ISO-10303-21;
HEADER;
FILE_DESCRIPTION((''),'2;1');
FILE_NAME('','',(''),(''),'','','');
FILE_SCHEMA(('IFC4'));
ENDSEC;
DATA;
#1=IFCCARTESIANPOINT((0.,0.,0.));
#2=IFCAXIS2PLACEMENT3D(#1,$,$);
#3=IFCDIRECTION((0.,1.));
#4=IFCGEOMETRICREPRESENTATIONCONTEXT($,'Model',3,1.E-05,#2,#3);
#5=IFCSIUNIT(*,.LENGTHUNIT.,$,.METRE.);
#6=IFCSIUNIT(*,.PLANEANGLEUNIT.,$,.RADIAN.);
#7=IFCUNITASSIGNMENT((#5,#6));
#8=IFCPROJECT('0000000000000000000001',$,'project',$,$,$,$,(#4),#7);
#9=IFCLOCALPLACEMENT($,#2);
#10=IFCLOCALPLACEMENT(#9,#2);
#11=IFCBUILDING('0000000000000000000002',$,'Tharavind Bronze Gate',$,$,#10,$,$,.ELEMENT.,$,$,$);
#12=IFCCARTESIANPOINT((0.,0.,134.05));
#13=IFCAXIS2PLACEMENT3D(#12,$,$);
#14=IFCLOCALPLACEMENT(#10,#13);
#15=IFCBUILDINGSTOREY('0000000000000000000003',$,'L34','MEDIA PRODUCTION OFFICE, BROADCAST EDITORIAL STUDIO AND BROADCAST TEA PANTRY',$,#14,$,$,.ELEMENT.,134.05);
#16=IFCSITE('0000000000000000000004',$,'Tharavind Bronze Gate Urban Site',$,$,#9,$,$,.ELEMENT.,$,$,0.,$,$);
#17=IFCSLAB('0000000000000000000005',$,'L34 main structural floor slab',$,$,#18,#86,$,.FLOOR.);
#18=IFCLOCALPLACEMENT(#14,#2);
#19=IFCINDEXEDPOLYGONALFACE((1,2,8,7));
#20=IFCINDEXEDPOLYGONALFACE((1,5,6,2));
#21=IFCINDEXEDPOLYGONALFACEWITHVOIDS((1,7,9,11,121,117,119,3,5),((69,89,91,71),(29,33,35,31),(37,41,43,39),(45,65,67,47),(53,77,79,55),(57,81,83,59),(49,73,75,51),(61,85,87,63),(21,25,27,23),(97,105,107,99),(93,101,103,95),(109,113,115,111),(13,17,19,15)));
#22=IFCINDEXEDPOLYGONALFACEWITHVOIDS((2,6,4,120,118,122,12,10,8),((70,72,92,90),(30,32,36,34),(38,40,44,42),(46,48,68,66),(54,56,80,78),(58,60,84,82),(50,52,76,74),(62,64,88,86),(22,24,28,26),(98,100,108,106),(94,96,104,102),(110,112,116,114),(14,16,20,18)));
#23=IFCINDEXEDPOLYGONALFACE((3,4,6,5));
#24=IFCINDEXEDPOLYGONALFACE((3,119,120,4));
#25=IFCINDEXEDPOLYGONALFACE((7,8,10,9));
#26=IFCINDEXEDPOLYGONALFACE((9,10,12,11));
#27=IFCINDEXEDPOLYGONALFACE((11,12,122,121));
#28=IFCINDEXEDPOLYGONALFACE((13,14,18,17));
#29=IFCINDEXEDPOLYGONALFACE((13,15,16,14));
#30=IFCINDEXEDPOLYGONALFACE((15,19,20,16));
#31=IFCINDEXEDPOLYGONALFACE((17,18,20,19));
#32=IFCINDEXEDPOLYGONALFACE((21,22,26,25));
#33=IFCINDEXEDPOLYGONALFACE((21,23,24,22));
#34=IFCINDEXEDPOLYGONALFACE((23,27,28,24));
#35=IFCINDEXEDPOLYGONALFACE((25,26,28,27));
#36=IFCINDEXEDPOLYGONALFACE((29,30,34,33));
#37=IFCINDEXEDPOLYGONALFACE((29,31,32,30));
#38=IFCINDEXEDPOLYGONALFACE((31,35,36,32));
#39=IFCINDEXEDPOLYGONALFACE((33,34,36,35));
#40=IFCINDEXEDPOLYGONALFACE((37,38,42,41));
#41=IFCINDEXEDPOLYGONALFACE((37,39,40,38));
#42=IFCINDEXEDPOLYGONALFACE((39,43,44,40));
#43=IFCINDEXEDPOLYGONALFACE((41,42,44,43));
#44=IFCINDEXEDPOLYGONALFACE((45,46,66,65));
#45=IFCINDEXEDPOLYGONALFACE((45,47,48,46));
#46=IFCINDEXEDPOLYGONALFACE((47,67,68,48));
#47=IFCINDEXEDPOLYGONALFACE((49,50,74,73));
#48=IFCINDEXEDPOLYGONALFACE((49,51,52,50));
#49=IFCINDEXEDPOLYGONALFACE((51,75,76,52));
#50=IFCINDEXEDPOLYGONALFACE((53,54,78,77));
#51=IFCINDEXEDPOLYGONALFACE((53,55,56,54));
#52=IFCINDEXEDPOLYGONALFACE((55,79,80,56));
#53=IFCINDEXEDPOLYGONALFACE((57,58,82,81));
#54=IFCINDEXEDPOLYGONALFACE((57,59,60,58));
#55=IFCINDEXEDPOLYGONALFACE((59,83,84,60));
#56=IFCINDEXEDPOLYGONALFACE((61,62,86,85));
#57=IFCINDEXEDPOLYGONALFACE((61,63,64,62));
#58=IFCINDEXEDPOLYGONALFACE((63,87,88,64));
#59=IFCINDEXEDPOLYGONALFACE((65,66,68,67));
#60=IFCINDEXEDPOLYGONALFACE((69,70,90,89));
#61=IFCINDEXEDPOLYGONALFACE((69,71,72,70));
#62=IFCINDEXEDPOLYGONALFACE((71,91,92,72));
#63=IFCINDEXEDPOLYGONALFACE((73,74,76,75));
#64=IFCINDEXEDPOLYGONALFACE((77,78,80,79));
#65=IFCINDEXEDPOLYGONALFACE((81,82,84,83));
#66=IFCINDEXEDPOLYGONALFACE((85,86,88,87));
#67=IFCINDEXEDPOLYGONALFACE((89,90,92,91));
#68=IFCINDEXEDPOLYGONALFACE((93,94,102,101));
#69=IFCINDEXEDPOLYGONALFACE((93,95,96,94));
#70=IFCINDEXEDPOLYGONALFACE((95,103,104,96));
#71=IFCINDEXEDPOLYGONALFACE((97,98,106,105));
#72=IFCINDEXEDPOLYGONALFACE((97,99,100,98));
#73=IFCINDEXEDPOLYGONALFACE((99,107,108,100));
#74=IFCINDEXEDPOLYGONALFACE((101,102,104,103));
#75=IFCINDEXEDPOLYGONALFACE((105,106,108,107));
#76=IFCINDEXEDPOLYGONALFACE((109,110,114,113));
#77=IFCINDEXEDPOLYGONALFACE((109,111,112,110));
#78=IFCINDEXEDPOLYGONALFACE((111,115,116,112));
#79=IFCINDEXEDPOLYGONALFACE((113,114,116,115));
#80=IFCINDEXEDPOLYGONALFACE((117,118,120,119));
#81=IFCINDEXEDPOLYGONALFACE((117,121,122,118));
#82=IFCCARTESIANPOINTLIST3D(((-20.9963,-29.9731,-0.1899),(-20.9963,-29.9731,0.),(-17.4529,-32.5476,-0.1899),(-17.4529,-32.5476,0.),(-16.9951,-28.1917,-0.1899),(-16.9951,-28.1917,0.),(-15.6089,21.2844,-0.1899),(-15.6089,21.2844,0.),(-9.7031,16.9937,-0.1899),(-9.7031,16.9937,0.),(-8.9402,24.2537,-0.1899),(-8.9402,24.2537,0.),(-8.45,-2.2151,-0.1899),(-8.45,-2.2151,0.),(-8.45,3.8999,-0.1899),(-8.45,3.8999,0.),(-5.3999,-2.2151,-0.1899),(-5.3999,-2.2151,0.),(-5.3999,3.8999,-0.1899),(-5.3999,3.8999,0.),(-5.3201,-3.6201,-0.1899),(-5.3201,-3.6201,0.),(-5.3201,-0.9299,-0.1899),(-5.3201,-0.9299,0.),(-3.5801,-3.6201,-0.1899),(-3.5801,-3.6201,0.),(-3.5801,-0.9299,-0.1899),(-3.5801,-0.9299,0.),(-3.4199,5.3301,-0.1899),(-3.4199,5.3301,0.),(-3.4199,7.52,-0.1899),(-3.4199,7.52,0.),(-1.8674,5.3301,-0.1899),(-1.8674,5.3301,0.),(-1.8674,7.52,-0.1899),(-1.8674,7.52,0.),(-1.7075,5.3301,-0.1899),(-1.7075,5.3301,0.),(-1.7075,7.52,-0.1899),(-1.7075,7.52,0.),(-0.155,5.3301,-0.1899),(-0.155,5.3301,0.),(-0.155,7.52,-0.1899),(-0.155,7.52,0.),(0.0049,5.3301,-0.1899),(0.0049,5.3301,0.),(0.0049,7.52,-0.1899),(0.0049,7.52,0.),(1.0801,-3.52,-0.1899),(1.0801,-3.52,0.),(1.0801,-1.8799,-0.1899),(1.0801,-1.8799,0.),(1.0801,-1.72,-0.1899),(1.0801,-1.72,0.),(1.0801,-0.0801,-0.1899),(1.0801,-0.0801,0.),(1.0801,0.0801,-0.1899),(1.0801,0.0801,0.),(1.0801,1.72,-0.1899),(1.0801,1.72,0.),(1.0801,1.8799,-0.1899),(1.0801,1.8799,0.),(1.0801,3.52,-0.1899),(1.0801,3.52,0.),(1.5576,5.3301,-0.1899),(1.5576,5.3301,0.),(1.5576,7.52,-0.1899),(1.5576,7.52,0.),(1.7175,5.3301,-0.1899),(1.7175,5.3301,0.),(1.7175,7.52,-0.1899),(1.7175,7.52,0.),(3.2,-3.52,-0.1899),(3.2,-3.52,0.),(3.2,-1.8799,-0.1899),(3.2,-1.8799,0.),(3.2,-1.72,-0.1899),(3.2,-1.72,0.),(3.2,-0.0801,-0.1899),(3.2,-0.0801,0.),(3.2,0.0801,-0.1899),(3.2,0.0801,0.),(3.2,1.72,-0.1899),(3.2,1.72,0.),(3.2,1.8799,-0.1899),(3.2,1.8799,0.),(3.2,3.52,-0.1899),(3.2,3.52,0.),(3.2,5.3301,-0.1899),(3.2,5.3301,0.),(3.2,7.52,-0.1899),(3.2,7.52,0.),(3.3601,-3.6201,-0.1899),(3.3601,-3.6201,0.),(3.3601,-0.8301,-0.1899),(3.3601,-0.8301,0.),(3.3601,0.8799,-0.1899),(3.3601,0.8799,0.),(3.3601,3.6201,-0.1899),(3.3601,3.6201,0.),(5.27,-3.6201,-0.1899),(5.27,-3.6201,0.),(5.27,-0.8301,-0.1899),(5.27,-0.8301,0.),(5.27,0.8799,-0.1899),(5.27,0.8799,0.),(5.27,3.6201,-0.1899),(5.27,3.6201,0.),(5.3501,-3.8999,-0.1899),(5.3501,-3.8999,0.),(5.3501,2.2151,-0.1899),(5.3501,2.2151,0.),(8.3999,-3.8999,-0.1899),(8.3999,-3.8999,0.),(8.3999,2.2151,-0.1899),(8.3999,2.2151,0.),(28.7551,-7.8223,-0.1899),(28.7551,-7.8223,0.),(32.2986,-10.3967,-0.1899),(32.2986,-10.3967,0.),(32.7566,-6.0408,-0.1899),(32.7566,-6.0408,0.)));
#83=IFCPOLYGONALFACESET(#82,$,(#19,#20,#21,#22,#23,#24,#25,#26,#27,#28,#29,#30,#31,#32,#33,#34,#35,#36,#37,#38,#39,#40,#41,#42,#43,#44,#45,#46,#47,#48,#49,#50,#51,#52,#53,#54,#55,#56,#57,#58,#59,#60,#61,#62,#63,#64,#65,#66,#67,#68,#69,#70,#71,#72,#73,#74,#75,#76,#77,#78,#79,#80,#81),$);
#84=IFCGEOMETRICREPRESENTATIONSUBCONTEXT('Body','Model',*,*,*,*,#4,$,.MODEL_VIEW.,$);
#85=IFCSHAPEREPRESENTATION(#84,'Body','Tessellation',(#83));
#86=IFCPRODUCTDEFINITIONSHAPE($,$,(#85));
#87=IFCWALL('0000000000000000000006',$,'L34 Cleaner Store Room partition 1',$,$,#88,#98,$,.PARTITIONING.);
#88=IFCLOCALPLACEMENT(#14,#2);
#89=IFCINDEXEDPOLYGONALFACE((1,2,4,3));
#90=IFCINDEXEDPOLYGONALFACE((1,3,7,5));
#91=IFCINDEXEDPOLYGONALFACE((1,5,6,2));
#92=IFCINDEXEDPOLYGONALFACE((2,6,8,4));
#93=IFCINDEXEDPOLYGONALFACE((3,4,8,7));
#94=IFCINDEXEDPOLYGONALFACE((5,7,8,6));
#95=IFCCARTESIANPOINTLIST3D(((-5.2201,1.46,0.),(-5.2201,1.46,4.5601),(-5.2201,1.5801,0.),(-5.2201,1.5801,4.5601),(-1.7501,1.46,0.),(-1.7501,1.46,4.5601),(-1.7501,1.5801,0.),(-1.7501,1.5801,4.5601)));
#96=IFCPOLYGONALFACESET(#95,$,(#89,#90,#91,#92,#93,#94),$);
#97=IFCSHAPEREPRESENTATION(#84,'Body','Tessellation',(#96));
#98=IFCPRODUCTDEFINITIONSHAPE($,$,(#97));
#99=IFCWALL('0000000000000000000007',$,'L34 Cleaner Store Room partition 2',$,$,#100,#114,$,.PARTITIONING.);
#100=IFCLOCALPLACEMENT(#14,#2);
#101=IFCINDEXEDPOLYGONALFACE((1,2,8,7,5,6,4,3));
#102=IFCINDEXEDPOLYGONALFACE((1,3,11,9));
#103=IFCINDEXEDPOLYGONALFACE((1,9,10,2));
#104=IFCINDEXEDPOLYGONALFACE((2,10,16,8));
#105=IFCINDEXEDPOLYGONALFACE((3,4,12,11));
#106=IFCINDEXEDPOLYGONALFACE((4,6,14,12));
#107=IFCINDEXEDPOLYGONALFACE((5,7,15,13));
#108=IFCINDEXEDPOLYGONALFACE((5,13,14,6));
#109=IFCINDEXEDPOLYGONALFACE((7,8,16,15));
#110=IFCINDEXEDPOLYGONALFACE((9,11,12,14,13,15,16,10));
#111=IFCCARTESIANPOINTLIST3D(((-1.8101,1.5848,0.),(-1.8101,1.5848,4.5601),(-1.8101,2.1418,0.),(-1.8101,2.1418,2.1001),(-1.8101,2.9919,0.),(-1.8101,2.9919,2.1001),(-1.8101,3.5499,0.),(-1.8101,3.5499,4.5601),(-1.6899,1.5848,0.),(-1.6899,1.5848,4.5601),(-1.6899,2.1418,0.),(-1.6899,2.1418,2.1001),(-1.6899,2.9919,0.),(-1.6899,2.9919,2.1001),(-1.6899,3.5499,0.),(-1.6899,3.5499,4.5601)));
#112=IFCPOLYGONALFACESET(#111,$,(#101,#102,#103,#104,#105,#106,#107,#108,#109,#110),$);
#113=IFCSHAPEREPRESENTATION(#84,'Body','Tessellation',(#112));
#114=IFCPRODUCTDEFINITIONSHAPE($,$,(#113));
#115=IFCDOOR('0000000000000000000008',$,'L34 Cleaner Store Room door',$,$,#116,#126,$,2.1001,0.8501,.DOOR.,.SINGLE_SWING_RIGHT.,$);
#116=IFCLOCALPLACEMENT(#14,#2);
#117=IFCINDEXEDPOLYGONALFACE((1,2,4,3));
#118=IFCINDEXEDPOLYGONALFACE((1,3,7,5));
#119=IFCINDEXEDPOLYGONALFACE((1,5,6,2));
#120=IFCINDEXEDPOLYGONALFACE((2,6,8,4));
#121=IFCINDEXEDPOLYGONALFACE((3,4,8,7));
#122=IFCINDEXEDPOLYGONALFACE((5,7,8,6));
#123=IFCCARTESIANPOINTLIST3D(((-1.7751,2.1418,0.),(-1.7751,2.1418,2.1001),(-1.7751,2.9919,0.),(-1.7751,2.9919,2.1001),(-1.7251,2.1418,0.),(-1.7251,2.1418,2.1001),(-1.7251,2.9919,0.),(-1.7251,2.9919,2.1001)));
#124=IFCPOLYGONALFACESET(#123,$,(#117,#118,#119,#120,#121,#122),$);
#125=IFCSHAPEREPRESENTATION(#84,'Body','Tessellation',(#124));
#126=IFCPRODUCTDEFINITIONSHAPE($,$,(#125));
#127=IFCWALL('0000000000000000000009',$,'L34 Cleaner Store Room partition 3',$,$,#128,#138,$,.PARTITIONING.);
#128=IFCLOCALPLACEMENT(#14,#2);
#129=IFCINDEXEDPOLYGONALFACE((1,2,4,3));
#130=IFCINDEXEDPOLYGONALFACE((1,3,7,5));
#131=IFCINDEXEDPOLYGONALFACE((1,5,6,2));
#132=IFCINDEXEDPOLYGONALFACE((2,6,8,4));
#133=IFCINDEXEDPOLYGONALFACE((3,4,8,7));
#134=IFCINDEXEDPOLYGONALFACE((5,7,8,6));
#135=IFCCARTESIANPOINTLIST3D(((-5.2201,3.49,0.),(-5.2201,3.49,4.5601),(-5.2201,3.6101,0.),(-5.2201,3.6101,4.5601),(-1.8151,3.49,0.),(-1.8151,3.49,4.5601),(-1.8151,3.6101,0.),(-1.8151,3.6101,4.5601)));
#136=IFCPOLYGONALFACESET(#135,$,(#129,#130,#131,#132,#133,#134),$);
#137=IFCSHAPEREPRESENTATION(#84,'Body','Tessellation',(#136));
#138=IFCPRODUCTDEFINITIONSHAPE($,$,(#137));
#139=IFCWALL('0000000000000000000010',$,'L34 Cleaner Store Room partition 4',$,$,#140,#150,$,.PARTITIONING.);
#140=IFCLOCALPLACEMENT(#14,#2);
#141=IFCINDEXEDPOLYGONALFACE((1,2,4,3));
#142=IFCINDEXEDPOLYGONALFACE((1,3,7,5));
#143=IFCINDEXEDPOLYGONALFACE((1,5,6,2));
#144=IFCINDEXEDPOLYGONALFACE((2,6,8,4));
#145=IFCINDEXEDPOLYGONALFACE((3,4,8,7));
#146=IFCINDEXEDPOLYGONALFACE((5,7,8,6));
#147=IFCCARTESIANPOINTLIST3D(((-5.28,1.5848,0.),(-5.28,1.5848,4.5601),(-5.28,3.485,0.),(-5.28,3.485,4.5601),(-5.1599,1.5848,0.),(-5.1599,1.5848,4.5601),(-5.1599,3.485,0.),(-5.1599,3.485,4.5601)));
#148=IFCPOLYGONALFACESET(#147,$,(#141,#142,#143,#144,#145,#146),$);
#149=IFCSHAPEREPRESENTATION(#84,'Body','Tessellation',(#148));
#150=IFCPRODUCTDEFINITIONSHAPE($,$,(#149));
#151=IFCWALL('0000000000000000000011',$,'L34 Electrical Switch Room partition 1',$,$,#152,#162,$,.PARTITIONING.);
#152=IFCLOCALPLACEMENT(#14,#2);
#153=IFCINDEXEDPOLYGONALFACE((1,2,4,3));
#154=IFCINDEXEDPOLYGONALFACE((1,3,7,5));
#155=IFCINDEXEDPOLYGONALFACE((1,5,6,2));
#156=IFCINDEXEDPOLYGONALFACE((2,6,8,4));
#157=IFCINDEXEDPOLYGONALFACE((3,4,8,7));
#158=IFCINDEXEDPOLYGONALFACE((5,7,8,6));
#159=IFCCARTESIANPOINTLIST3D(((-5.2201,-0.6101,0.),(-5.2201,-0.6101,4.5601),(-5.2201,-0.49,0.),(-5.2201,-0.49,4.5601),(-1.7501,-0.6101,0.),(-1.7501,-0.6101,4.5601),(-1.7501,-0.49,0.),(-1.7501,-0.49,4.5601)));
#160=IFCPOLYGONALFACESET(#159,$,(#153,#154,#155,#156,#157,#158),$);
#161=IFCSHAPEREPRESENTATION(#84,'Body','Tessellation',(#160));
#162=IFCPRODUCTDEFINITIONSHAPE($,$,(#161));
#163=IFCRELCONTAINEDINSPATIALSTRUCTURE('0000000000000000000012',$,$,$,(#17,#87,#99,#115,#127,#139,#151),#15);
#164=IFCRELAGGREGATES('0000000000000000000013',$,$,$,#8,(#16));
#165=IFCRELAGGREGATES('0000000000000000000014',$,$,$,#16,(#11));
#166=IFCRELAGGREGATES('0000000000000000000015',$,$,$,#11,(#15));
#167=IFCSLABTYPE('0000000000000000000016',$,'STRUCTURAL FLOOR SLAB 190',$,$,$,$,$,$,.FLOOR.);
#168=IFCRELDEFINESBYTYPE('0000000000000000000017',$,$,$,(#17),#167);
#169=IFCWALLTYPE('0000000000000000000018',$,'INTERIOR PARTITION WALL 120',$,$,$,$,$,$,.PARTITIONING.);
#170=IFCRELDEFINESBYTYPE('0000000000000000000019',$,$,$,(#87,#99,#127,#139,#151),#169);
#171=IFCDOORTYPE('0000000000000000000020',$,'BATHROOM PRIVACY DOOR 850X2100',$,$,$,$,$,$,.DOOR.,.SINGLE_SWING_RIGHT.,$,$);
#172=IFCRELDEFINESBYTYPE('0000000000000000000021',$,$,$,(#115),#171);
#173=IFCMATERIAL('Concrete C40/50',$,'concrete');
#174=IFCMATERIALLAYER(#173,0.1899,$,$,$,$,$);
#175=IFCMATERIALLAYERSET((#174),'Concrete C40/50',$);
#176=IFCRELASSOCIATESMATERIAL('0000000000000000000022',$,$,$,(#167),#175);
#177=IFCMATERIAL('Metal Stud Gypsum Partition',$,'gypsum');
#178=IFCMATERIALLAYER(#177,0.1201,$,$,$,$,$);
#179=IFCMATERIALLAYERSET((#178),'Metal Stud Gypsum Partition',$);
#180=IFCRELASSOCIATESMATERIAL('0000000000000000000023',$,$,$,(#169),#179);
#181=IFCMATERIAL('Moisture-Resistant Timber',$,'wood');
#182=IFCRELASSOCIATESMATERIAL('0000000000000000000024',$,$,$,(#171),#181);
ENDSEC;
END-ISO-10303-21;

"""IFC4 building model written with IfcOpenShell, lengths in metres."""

from ifc_helpers import new_model, si_unit, direction, frame, frame_2d, origin, place, context, subcontext, project, spatial, polyline, rectangle, outline, extrude, material, layer, layer_set, type_object, element, fill, save


model = new_model("IFC4")

# Units and contexts
model_context = context("Model", 3, precision=1e-05, world=origin(), true_north=direction((0.0, 1.0)))
body_context = subcontext(model_context, "Body", "Model", "MODEL_VIEW")
ifc_project = project(units=[si_unit("LENGTHUNIT", "METRE"), si_unit("PLANEANGLEUNIT", "RADIAN")], contexts=[model_context])

# Site, building, storey
site_placement = place(None, origin())
site = spatial("IfcSite", under=ifc_project, at=site_placement, Name="Tharavind Bronze Gate Urban Site", CompositionType="ELEMENT", RefElevation=0.0)
building_placement = place(site_placement, origin())
building = spatial("IfcBuilding", under=site, at=building_placement, Name="Tharavind Bronze Gate", CompositionType="ELEMENT")
storey_placement = place(building_placement, frame((0.0, 0.0, 134.05)))
storey = spatial("IfcBuildingStorey", under=building, at=storey_placement, Name="L34", Description="MEDIA PRODUCTION OFFICE, BROADCAST EDITORIAL STUDIO AND BROADCAST TEA PANTRY", CompositionType="ELEMENT", Elevation=134.05)

# Slab
ifc_material_1 = material(Name="Concrete C40/50", Category="concrete")
ifc_layer_1 = layer(ifc_material_1, 0.1899)
ifc_layer_set_1 = layer_set([ifc_layer_1], Name="Concrete C40/50")
slab_type = type_object("IfcSlabType", Name="STRUCTURAL FLOOR SLAB 190", PredefinedType="FLOOR", material=ifc_layer_set_1)
slab_placement = place(storey_placement, frame((0.0, 0.0, -0.1899)))
element("IfcSlab", 1, at=slab_placement, inside=storey, type_object=slab_type, Name="L34 main structural floor slab", PredefinedType="FLOOR", context=body_context, shape_type="SweptSolid", body=[
    extrude(outline(polyline([(-8.9402, 24.2537), (-9.7031, 16.9937), (-15.6089, 21.2844), (-20.9963, -29.9731), (-16.9951, -28.1917), (-17.4529, -32.5476), (32.2986, -10.3967), (28.7551, -7.8223), (32.7566, -6.0408), (-8.9402, 24.2537)]), holes=[polyline([(-5.3999, -2.2151), (-5.3999, 3.8999), (-8.45, 3.8999), (-8.45, -2.2151), (-5.3999, -2.2151)]), polyline([(5.3501, 2.2151), (5.3501, -3.8999), (8.3999, -3.8999), (8.3999, 2.2151), (5.3501, 2.2151)]), polyline([(-3.4199, 5.3301), (-1.8674, 5.3301), (-1.8674, 7.52), (-3.4199, 7.52), (-3.4199, 5.3301)]), polyline([(-1.7075, 5.3301), (-0.155, 5.3301), (-0.155, 7.52), (-1.7075, 7.52), (-1.7075, 5.3301)]), polyline([(0.0049, 5.3301), (1.5576, 5.3301), (1.5576, 7.52), (0.0049, 7.52), (0.0049, 5.3301)]), polyline([(1.7175, 5.3301), (3.2, 5.3301), (3.2, 7.52), (1.7175, 7.52), (1.7175, 5.3301)]), polyline([(1.0801, -3.52), (3.2, -3.52), (3.2, -1.8799), (1.0801, -1.8799), (1.0801, -3.52)]), polyline([(1.0801, -1.72), (3.2, -1.72), (3.2, -0.0801), (1.0801, -0.0801), (1.0801, -1.72)]), polyline([(1.0801, 0.0801), (3.2, 0.0801), (3.2, 1.72), (1.0801, 1.72), (1.0801, 0.0801)]), polyline([(1.0801, 1.8799), (3.2, 1.8799), (3.2, 3.52), (1.0801, 3.52), (1.0801, 1.8799)]), polyline([(-5.3201, -3.6201), (-3.5801, -3.6201), (-3.5801, -0.9299), (-5.3201, -0.9299), (-5.3201, -3.6201)]), polyline([(3.3601, 0.8799), (5.27, 0.8799), (5.27, 3.6201), (3.3601, 3.6201), (3.3601, 0.8799)]), polyline([(3.3601, -3.6201), (5.27, -3.6201), (5.27, -0.8301), (3.3601, -0.8301), (3.3601, -3.6201)])]), origin(), (0.0, 0.0, 1.0), 0.1899),
])

# Wall
ifc_material_2 = material(Name="Metal Stud Gypsum Partition", Category="gypsum")
ifc_layer_2 = layer(ifc_material_2, 0.1201)
ifc_layer_set_2 = layer_set([ifc_layer_2], Name="Metal Stud Gypsum Partition")
wall_type_1 = type_object("IfcWallType", Name="INTERIOR PARTITION WALL 120", PredefinedType="PARTITIONING", material=ifc_layer_set_2)
wall_1_placement = place(storey_placement, frame((-5.22, 1.52, 0.0), z_axis=(0.0, 0.0, 1.0), x_axis=(1.0, 0.0, 0.0)))
element("IfcWall", 2, at=wall_1_placement, inside=storey, type_object=wall_type_1, Name="L34 Cleaner Store Room partition 1", PredefinedType="PARTITIONING", context=body_context, shape_type="SweptSolid", body=[
    extrude(rectangle(XDim=3.47, YDim=0.1201, at=frame_2d((1.7349, 0.0))), origin(), (0.0, 0.0, 1.0), 4.5601),
])

# Wall, opening, door
wall_2_placement = place(storey_placement, frame((-1.75, 1.585, 0.0), z_axis=(0.0, 0.0, 1.0), x_axis=(0.0, 1.0, 0.0)))
wall_2 = element("IfcWall", 3, at=wall_2_placement, inside=storey, type_object=wall_type_1, Name="L34 Cleaner Store Room partition 2", PredefinedType="PARTITIONING", context=body_context, shape_type="SweptSolid", body=[
    extrude(rectangle(XDim=1.9651, YDim=0.1201, at=frame_2d((0.9824, 0.0))), origin(), (0.0, 0.0, 1.0), 4.5601),
])
opening_1_placement = place(wall_2_placement, frame((0.5569, 0.0, 0.0)))
opening_1 = element("IfcOpeningElement", 4, at=opening_1_placement, cuts=wall_2, PredefinedType="OPENING", context=body_context, shape_type="SweptSolid", body=[
    extrude(rectangle(XDim=0.8501, YDim=2.1001, at=frame_2d((0.425, 1.05))), frame((0.0, 0.0701, 0.0), z_axis=(0.0, -1.0, 0.0), x_axis=(1.0, 0.0, 0.0)), (0.0, 0.0, 1.0), 0.1401),
])
ifc_material_3 = material(Name="Moisture-Resistant Timber", Category="wood")
door_type_1 = type_object("IfcDoorType", Name="BATHROOM PRIVACY DOOR 850X2100", OperationType="SINGLE_SWING_RIGHT", PredefinedType="DOOR", material=ifc_material_3)
door_1_placement = place(opening_1_placement, frame((0.8501, 0.0, 0.0), z_axis=(0.0, 0.0, 1.0), x_axis=(-1.0, 0.0, 0.0)))
door_1 = element("IfcDoor", 5, at=door_1_placement, inside=storey, type_object=door_type_1, Name="L34 Cleaner Store Room door", OperationType="SINGLE_SWING_RIGHT", OverallHeight=2.1001, OverallWidth=0.8501, PredefinedType="DOOR", context=body_context, shape_type="SweptSolid", body=[
    extrude(rectangle(XDim=0.8501, YDim=2.1001, at=frame_2d((0.425, 1.05))), frame((0.0, 0.0249, 0.0), z_axis=(0.0, -1.0, 0.0), x_axis=(1.0, 0.0, 0.0)), (0.0, 0.0, 1.0), 0.05),
])
fill(opening_1, door_1)

# Walls
wall_3_placement = place(storey_placement, frame((-1.8149, 3.55, 0.0), z_axis=(0.0, 0.0, 1.0), x_axis=(-1.0, 0.0, 0.0)))
element("IfcWall", 6, at=wall_3_placement, inside=storey, type_object=wall_type_1, Name="L34 Cleaner Store Room partition 3", PredefinedType="PARTITIONING", context=body_context, shape_type="SweptSolid", body=[
    extrude(rectangle(XDim=3.405, YDim=0.1201, at=frame_2d((1.7026, 0.0))), origin(), (0.0, 0.0, 1.0), 4.5601),
])
wall_4_placement = place(storey_placement, frame((-5.22, 3.4851, 0.0), z_axis=(0.0, 0.0, 1.0), x_axis=(0.0, -1.0, 0.0)))
element("IfcWall", 7, at=wall_4_placement, inside=storey, type_object=wall_type_1, Name="L34 Cleaner Store Room partition 4", PredefinedType="PARTITIONING", context=body_context, shape_type="SweptSolid", body=[
    extrude(rectangle(XDim=1.9001, YDim=0.1201, at=frame_2d((0.9502, 0.0))), origin(), (0.0, 0.0, 1.0), 4.5601),
])
wall_5_placement = place(storey_placement, frame((-5.22, -0.55, 0.0), z_axis=(0.0, 0.0, 1.0), x_axis=(1.0, 0.0, 0.0)))
element("IfcWall", 8, at=wall_5_placement, inside=storey, type_object=wall_type_1, Name="L34 Electrical Switch Room partition 1", PredefinedType="PARTITIONING", context=body_context, shape_type="SweptSolid", body=[
    extrude(rectangle(XDim=3.47, YDim=0.1201, at=frame_2d((1.7349, 0.0))), origin(), (0.0, 0.0, 1.0), 4.5601),
])

save(model, "model.ifc")
